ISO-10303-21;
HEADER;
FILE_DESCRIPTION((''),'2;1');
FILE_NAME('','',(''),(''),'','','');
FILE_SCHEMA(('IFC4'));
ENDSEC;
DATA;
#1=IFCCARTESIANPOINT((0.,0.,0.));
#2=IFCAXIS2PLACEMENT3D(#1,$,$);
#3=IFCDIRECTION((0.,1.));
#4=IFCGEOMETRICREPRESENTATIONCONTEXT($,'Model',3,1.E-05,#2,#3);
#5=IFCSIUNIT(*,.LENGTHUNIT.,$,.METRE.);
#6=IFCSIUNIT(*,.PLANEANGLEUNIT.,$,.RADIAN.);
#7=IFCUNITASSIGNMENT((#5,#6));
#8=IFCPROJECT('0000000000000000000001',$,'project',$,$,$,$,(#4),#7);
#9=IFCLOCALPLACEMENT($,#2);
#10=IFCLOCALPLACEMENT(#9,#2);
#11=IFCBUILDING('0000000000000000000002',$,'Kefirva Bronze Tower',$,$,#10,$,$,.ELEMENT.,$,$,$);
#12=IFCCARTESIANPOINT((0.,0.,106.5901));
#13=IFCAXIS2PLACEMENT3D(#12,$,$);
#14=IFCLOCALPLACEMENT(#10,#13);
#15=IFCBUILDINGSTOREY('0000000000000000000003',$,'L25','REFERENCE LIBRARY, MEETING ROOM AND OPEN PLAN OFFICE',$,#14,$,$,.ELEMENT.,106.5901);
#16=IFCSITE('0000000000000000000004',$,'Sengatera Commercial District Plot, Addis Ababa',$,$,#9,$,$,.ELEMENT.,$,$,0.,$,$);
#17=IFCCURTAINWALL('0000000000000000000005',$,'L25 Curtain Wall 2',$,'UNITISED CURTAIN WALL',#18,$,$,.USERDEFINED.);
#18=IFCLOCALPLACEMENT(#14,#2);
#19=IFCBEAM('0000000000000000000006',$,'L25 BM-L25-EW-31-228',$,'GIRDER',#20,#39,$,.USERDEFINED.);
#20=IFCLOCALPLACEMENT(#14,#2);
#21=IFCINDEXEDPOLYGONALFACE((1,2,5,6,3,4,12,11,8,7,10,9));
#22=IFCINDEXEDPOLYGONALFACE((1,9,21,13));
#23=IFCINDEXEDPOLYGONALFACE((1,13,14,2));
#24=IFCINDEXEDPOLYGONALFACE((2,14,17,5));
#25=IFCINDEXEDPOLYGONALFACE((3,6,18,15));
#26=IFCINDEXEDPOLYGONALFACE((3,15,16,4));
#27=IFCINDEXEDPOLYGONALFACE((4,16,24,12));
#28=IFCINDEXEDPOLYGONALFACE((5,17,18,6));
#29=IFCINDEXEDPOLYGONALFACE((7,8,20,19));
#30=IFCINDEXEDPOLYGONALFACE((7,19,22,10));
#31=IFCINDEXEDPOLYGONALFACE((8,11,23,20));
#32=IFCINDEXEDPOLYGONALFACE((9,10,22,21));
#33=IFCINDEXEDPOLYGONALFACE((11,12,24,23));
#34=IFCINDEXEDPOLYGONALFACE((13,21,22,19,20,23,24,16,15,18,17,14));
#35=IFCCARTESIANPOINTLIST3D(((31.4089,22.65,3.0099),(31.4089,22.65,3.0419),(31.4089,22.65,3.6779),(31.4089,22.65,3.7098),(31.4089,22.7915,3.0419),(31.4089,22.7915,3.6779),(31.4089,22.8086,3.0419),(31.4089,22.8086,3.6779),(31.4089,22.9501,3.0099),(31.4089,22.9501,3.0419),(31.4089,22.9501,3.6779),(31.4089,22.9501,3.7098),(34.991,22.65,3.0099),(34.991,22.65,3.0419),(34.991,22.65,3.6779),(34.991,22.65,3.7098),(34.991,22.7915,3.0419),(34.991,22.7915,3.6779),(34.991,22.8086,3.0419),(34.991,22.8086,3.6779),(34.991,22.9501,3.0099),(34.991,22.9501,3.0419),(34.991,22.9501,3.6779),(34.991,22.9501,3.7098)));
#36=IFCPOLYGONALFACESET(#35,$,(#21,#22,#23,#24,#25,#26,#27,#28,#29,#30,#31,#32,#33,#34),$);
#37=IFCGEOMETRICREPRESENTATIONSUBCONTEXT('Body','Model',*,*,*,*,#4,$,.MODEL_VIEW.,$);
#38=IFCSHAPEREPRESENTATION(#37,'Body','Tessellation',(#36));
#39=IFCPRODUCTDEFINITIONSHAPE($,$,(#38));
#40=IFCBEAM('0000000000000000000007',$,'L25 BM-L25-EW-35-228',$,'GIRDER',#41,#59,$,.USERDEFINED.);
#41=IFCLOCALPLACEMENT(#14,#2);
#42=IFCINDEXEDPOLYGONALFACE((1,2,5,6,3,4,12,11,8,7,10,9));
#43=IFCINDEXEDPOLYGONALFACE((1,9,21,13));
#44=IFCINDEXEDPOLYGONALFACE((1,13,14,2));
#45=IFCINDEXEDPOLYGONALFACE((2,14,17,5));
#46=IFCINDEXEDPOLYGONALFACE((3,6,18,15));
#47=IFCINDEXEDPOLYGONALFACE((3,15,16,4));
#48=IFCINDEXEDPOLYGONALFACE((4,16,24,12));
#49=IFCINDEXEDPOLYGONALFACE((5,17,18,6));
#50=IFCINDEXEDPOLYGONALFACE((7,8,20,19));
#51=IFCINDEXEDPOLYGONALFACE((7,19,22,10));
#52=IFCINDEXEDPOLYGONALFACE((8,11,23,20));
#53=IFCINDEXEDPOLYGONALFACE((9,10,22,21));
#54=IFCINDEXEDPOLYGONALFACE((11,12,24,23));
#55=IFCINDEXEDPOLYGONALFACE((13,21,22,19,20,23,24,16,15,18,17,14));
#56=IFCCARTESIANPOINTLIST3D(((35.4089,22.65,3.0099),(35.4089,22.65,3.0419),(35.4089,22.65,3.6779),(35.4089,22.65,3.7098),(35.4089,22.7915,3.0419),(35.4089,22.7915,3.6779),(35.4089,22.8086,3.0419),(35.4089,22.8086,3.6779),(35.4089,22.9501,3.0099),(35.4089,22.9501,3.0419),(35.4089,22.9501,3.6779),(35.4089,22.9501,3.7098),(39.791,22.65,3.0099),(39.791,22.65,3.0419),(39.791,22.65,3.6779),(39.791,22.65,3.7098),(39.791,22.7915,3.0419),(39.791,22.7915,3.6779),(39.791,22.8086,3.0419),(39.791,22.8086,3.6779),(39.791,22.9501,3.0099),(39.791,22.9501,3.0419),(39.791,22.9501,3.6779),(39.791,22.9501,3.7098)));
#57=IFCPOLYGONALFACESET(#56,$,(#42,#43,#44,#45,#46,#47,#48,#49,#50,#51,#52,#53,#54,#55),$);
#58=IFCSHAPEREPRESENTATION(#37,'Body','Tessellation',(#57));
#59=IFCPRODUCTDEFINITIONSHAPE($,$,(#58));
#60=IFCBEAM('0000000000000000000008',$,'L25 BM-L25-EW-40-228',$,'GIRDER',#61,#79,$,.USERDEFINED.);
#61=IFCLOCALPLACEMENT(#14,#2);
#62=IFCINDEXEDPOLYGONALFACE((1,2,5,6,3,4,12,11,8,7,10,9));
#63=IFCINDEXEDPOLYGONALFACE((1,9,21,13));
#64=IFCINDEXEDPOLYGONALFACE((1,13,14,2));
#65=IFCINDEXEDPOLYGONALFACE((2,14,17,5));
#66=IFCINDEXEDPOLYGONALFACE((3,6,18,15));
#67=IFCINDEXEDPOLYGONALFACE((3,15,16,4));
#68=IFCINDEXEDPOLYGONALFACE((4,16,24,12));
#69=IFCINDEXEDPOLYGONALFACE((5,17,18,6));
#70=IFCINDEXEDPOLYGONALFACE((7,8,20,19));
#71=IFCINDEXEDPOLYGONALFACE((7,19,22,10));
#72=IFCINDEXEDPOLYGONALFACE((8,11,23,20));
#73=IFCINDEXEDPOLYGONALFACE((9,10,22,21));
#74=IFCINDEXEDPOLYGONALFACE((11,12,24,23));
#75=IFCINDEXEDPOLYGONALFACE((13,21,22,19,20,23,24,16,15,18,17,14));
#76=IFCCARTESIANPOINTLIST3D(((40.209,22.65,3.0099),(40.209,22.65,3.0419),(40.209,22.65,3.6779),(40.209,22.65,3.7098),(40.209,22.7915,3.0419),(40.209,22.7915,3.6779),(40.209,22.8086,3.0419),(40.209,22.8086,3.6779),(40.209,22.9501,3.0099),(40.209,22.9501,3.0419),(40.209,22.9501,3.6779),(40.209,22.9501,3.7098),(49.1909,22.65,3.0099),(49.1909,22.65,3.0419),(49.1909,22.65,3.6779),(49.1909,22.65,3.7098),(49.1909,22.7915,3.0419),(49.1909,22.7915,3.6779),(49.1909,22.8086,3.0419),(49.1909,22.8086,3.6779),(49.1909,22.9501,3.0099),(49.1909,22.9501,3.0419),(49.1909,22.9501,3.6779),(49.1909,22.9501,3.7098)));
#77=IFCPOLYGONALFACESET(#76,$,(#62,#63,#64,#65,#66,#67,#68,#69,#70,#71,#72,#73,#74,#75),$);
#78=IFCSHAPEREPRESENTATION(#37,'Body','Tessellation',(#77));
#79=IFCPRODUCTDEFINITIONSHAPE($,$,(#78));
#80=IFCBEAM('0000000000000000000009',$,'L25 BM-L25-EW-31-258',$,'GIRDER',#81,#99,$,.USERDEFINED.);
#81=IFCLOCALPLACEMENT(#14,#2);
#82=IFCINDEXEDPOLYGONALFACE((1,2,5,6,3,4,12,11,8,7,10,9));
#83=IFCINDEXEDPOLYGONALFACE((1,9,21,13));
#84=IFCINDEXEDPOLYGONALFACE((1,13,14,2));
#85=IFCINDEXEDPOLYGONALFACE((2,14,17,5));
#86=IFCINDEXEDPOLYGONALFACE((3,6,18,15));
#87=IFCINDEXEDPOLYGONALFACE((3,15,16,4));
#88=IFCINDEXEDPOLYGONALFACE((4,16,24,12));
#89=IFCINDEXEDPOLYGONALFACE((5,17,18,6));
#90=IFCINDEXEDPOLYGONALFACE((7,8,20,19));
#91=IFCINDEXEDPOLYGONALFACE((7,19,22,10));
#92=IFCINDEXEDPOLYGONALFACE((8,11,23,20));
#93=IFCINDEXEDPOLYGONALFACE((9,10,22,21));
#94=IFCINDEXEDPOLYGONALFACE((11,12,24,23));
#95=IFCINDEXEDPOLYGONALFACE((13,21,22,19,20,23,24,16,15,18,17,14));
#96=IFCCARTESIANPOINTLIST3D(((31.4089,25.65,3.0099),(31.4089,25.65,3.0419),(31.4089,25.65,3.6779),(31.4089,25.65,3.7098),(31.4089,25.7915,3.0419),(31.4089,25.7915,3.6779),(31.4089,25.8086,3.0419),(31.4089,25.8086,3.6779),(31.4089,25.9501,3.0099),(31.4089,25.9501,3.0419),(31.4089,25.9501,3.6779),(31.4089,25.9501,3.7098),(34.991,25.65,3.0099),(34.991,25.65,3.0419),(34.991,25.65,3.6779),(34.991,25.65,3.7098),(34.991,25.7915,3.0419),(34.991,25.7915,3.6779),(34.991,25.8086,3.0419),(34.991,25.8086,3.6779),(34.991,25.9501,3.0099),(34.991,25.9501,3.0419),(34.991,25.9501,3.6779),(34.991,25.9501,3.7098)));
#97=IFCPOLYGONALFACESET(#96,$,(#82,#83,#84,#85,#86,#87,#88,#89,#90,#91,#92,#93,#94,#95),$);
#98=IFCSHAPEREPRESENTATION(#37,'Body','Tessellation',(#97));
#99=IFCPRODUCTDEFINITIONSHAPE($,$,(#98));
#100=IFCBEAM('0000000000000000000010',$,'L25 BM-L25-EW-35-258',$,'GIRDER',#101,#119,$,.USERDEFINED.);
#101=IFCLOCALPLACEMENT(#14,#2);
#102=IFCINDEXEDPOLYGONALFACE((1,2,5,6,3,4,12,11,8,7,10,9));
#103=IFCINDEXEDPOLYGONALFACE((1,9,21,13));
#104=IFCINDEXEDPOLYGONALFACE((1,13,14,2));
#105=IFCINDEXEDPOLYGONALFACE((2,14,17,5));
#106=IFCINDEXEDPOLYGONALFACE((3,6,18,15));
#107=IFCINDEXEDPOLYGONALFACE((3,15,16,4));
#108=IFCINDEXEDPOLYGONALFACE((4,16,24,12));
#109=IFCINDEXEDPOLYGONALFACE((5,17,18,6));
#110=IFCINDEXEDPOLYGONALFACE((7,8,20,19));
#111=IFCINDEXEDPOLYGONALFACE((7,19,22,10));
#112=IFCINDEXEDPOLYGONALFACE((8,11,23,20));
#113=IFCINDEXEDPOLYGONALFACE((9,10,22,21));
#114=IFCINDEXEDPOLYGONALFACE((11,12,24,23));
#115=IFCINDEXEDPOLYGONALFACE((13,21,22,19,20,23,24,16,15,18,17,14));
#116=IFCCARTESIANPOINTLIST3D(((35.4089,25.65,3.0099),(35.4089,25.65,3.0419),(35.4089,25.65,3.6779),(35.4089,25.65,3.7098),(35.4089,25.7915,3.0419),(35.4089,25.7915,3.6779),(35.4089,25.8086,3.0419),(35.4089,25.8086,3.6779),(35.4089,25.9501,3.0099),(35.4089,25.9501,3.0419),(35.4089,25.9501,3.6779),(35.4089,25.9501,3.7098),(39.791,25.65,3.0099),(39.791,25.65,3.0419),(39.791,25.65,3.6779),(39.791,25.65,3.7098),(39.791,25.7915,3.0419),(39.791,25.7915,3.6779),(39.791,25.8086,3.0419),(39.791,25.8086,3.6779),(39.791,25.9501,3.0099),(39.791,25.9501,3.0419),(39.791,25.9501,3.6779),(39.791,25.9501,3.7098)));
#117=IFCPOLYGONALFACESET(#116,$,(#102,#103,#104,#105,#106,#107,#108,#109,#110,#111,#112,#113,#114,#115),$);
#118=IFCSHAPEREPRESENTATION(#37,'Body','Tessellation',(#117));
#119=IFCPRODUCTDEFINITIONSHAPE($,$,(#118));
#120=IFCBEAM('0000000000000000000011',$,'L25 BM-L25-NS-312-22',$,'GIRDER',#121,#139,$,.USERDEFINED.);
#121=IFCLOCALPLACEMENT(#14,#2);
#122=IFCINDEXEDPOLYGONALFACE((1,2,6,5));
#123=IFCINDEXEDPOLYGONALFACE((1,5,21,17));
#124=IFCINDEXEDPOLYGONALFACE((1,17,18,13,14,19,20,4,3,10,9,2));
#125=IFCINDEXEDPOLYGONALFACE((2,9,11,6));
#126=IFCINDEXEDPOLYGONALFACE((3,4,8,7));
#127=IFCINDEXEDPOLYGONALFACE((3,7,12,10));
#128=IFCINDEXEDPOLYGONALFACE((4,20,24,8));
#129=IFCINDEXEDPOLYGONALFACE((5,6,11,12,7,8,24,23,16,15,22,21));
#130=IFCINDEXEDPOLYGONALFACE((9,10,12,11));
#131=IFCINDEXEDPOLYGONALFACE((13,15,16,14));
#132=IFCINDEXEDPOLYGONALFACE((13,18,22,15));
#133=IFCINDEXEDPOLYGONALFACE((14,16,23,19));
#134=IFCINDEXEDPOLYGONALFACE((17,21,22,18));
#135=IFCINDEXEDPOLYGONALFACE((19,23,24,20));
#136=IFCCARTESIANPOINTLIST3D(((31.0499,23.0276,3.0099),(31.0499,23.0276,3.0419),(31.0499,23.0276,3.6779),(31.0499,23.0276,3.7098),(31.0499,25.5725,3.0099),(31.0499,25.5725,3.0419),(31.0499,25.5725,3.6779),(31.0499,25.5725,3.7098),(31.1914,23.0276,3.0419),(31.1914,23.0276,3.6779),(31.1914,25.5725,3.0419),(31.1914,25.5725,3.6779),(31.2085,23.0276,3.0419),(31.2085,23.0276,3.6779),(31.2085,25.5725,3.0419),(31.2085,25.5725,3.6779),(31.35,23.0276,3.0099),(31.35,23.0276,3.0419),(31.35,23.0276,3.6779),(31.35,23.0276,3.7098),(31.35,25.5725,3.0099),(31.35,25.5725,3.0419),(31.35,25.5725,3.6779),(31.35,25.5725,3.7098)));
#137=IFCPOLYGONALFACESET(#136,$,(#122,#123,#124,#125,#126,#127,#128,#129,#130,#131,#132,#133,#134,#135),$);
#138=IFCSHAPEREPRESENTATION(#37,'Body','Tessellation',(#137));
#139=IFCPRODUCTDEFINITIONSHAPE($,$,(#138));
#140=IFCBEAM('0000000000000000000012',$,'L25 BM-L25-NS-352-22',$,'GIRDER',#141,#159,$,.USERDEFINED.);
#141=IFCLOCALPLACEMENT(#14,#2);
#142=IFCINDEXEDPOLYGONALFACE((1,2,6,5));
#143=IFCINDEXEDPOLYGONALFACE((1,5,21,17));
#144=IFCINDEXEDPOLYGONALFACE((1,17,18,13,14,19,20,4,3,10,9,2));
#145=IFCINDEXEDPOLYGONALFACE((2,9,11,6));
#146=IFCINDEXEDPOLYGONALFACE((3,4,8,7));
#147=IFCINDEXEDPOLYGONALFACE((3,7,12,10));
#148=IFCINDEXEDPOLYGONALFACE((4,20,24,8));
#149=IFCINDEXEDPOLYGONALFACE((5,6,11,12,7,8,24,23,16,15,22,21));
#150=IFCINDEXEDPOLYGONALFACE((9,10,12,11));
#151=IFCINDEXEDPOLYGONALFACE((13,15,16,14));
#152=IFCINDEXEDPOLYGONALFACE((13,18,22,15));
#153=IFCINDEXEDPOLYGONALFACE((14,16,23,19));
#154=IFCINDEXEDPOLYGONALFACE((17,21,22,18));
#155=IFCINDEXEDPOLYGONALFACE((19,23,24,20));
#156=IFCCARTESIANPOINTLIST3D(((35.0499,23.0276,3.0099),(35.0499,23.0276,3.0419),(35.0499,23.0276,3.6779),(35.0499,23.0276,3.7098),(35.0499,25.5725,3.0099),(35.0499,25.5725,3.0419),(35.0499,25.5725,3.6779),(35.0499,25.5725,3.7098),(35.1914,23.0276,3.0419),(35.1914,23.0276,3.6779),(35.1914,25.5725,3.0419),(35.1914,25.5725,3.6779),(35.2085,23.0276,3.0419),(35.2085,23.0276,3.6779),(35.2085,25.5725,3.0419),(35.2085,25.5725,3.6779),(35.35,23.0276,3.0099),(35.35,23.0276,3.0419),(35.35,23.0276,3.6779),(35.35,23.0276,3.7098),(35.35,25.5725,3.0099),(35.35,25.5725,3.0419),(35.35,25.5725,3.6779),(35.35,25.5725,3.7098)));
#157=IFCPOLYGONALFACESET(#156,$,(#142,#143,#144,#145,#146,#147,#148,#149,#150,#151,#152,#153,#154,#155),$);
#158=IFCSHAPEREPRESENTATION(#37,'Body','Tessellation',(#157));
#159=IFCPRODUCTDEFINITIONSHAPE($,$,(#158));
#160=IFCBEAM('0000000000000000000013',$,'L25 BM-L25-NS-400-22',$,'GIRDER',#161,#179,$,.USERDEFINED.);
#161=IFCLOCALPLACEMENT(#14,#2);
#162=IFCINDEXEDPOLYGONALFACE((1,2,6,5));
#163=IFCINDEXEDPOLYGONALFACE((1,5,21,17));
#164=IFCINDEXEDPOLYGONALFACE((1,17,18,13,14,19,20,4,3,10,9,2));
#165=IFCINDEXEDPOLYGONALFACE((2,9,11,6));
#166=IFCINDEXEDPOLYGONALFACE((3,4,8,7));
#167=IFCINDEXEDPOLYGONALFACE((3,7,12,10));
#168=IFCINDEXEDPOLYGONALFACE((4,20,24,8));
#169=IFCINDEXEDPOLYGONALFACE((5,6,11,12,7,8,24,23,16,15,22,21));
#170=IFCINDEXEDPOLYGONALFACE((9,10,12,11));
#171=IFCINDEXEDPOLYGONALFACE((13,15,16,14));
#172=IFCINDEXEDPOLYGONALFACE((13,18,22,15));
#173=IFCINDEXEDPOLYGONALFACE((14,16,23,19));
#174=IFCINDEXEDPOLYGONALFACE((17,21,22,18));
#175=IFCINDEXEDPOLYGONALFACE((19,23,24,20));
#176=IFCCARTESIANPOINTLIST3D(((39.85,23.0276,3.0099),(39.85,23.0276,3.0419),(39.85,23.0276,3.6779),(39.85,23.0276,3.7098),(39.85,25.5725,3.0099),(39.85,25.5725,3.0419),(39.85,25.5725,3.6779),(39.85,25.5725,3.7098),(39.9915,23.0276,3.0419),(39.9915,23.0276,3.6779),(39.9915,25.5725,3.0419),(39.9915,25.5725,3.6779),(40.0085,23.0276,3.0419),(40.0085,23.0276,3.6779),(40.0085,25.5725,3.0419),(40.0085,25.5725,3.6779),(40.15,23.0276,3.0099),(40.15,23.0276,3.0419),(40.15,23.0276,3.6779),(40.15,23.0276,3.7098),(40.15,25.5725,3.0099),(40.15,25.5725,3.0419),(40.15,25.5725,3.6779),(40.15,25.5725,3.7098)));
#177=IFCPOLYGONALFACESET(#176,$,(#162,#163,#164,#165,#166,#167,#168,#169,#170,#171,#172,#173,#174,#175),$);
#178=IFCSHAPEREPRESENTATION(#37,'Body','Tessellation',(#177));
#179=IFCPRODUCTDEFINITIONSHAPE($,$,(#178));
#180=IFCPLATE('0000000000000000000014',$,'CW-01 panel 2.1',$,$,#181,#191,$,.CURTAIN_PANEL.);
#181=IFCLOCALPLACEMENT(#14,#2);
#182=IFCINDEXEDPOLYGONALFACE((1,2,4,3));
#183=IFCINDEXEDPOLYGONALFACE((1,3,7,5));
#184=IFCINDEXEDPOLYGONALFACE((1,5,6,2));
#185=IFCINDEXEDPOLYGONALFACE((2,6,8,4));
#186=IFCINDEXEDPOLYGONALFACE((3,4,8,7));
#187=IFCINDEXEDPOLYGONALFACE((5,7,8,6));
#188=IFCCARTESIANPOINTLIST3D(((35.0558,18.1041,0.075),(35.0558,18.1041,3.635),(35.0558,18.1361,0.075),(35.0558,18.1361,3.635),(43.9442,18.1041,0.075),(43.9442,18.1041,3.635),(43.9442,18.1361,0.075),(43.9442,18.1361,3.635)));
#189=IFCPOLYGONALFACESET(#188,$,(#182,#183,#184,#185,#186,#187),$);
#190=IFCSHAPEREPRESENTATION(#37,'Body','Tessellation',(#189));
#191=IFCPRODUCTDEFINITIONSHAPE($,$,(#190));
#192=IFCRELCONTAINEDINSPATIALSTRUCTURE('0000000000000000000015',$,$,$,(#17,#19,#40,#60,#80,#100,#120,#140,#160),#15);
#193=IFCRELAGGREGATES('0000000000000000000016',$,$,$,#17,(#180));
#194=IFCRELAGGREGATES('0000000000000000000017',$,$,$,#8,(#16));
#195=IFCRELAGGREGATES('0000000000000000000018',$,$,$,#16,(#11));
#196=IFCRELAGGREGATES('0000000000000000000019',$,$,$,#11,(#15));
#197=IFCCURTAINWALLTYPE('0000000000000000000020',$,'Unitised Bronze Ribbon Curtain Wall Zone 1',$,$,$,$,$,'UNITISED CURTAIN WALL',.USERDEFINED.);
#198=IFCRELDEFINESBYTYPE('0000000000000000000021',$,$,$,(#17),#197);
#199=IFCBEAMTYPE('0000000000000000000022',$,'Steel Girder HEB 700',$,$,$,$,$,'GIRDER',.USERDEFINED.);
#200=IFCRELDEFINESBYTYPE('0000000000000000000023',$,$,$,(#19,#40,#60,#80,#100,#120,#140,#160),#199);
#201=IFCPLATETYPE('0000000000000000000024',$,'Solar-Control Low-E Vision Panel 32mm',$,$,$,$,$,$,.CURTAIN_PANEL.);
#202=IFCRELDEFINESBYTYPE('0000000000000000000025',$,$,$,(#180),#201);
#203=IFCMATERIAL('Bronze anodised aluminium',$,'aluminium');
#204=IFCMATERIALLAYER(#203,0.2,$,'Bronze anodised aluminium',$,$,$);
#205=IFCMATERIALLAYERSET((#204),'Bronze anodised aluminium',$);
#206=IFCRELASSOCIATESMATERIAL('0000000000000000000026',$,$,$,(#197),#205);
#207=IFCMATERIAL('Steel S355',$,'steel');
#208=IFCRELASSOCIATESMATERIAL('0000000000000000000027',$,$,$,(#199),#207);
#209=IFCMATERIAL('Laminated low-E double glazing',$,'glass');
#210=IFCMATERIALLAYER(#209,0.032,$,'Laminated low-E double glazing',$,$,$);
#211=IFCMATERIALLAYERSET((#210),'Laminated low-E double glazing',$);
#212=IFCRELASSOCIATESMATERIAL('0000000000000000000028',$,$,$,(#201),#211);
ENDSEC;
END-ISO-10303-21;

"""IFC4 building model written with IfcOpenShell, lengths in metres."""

from ifc_helpers import new_model, si_unit, direction, frame, origin, origin_2d, place, context, subcontext, project, spatial, rectangle, i_section, extrude, material, layer, layer_set, material_profile, profile_set, type_object, element, aggregate, save


model = new_model("IFC4")

# Units and contexts
model_context = context("Model", 3, precision=1e-05, world=origin(), true_north=direction((0.0, 1.0)))
body_context = subcontext(model_context, "Body", "Model", "MODEL_VIEW")
ifc_project = project(units=[si_unit("LENGTHUNIT", "METRE"), si_unit("PLANEANGLEUNIT", "RADIAN")], contexts=[model_context])

# Site, building, storey
site_placement = place(None, origin())
site = spatial("IfcSite", under=ifc_project, at=site_placement, Name="Sengatera Commercial District Plot, Addis Ababa", CompositionType="ELEMENT", RefElevation=0.0)
building_placement = place(site_placement, origin())
building = spatial("IfcBuilding", under=site, at=building_placement, Name="Kefirva Bronze Tower", CompositionType="ELEMENT")
storey_placement = place(building_placement, frame((0.0, 0.0, 106.5901)))
storey = spatial("IfcBuildingStorey", under=building, at=storey_placement, Name="L25", Description="REFERENCE LIBRARY, MEETING ROOM AND OPEN PLAN OFFICE", CompositionType="ELEMENT", Elevation=106.5901)

# Curtain wall
ifc_material_1 = material(Name="Bronze anodised aluminium", Category="aluminium")
ifc_layer_1 = layer(ifc_material_1, 0.2, Name="Bronze anodised aluminium")
ifc_layer_set_1 = layer_set([ifc_layer_1], Name="Bronze anodised aluminium")
curtain_wall_type = type_object("IfcCurtainWallType", Name="Unitised Bronze Ribbon Curtain Wall Zone 1", ElementType="UNITISED CURTAIN WALL", PredefinedType="USERDEFINED", material=ifc_layer_set_1)
curtain_wall_placement = place(storey_placement, origin())
curtain_wall = element("IfcCurtainWall", 1, at=curtain_wall_placement, inside=storey, type_object=curtain_wall_type, Name="L25 Curtain Wall 2", ObjectType="UNITISED CURTAIN WALL", PredefinedType="USERDEFINED")

# Beams
ifc_material_2 = material(Name="Steel S355", Category="steel")
ifc_material_profile_1 = material_profile(ifc_material_2, i_section(OverallWidth=0.3, OverallDepth=0.7, WebThickness=0.0171, FlangeThickness=0.032, at=origin_2d()), Name="HEB 700")
ifc_profile_set_1 = profile_set([ifc_material_profile_1], Name="Steel S355")
beam_type = type_object("IfcBeamType", Name="Steel Girder HEB 700", ElementType="GIRDER", PredefinedType="USERDEFINED", material=ifc_profile_set_1)
beam_1_placement = place(storey_placement, frame((31.4089, 22.8, 3.3599), z_axis=(1.0, 0.0, 0.0), x_axis=(0.0, 1.0, 0.0)))
element("IfcBeam", 2, at=beam_1_placement, inside=storey, type_object=beam_type, Name="L25 BM-L25-EW-31-228", ObjectType="GIRDER", PredefinedType="USERDEFINED", context=body_context, shape_type="SweptSolid", body=[
    extrude(i_section(OverallWidth=0.3, OverallDepth=0.7, WebThickness=0.0171, FlangeThickness=0.032, at=origin_2d()), origin(), (0.0, 0.0, 1.0), 3.582),
])
beam_2_placement = place(storey_placement, frame((35.4089, 22.8, 3.3599), z_axis=(1.0, 0.0, 0.0), x_axis=(0.0, 1.0, 0.0)))
element("IfcBeam", 3, at=beam_2_placement, inside=storey, type_object=beam_type, Name="L25 BM-L25-EW-35-228", ObjectType="GIRDER", PredefinedType="USERDEFINED", context=body_context, shape_type="SweptSolid", body=[
    extrude(i_section(OverallWidth=0.3, OverallDepth=0.7, WebThickness=0.0171, FlangeThickness=0.032, at=origin_2d()), origin(), (0.0, 0.0, 1.0), 4.3821),
])
beam_3_placement = place(storey_placement, frame((40.209, 22.8, 3.3599), z_axis=(1.0, 0.0, 0.0), x_axis=(0.0, 1.0, 0.0)))
element("IfcBeam", 4, at=beam_3_placement, inside=storey, type_object=beam_type, Name="L25 BM-L25-EW-40-228", ObjectType="GIRDER", PredefinedType="USERDEFINED", context=body_context, shape_type="SweptSolid", body=[
    extrude(i_section(OverallWidth=0.3, OverallDepth=0.7, WebThickness=0.0171, FlangeThickness=0.032, at=origin_2d()), origin(), (0.0, 0.0, 1.0), 8.9819),
])
beam_4_placement = place(storey_placement, frame((31.4089, 25.8, 3.3599), z_axis=(1.0, 0.0, 0.0), x_axis=(0.0, 1.0, 0.0)))
element("IfcBeam", 5, at=beam_4_placement, inside=storey, type_object=beam_type, Name="L25 BM-L25-EW-31-258", ObjectType="GIRDER", PredefinedType="USERDEFINED", context=body_context, shape_type="SweptSolid", body=[
    extrude(i_section(OverallWidth=0.3, OverallDepth=0.7, WebThickness=0.0171, FlangeThickness=0.032, at=origin_2d()), origin(), (0.0, 0.0, 1.0), 3.582),
])
beam_5_placement = place(storey_placement, frame((35.4089, 25.8, 3.3599), z_axis=(1.0, 0.0, 0.0), x_axis=(0.0, 1.0, 0.0)))
element("IfcBeam", 6, at=beam_5_placement, inside=storey, type_object=beam_type, Name="L25 BM-L25-EW-35-258", ObjectType="GIRDER", PredefinedType="USERDEFINED", context=body_context, shape_type="SweptSolid", body=[
    extrude(i_section(OverallWidth=0.3, OverallDepth=0.7, WebThickness=0.0171, FlangeThickness=0.032, at=origin_2d()), origin(), (0.0, 0.0, 1.0), 4.3821),
])
for number, where, z_axis, x_axis, name in (
    (7, (31.2, 23.0276, 3.3599), (0.0, 1.0, 0.0), (-1.0, 0.0, 0.0), "L25 BM-L25-NS-312-22"),
    (8, (35.2, 23.0276, 3.3599), (0.0, 1.0, 0.0), (-1.0, 0.0, 0.0), "L25 BM-L25-NS-352-22"),
    (9, (40.0, 23.0276, 3.3599), (0.0, 1.0, 0.0), (-1.0, 0.0, 0.0), "L25 BM-L25-NS-400-22"),
):
    element("IfcBeam", number, at=place(storey_placement, frame(where, z_axis=z_axis, x_axis=x_axis)), inside=storey, type_object=beam_type, Name=name, ObjectType="GIRDER", PredefinedType="USERDEFINED", context=body_context, shape_type="SweptSolid", body=[
        extrude(i_section(OverallWidth=0.3, OverallDepth=0.7, WebThickness=0.0171, FlangeThickness=0.032, at=origin_2d()), origin(), (0.0, 0.0, 1.0), 2.5449),
    ])

# Plate
ifc_material_3 = material(Name="Laminated low-E double glazing", Category="glass")
ifc_layer_2 = layer(ifc_material_3, 0.032, Name="Laminated low-E double glazing")
ifc_layer_set_2 = layer_set([ifc_layer_2], Name="Laminated low-E double glazing")
plate_type = type_object("IfcPlateType", Name="Solar-Control Low-E Vision Panel 32mm", PredefinedType="CURTAIN_PANEL", material=ifc_layer_set_2)
plate_placement = place(storey_placement, frame((39.5, 18.1201, 0.075), z_axis=(0.0, 0.0, 1.0), x_axis=(1.0, 0.0, 0.0)))
plate = element("IfcPlate", 10, at=plate_placement, type_object=plate_type, Name="CW-01 panel 2.1", PredefinedType="CURTAIN_PANEL", context=body_context, shape_type="SweptSolid", body=[
    extrude(rectangle(XDim=8.8884, YDim=0.032, at=origin_2d()), origin(), (0.0, 0.0, 1.0), 3.5601),
])
aggregate(curtain_wall, [plate])

save(model, "model.ifc")
